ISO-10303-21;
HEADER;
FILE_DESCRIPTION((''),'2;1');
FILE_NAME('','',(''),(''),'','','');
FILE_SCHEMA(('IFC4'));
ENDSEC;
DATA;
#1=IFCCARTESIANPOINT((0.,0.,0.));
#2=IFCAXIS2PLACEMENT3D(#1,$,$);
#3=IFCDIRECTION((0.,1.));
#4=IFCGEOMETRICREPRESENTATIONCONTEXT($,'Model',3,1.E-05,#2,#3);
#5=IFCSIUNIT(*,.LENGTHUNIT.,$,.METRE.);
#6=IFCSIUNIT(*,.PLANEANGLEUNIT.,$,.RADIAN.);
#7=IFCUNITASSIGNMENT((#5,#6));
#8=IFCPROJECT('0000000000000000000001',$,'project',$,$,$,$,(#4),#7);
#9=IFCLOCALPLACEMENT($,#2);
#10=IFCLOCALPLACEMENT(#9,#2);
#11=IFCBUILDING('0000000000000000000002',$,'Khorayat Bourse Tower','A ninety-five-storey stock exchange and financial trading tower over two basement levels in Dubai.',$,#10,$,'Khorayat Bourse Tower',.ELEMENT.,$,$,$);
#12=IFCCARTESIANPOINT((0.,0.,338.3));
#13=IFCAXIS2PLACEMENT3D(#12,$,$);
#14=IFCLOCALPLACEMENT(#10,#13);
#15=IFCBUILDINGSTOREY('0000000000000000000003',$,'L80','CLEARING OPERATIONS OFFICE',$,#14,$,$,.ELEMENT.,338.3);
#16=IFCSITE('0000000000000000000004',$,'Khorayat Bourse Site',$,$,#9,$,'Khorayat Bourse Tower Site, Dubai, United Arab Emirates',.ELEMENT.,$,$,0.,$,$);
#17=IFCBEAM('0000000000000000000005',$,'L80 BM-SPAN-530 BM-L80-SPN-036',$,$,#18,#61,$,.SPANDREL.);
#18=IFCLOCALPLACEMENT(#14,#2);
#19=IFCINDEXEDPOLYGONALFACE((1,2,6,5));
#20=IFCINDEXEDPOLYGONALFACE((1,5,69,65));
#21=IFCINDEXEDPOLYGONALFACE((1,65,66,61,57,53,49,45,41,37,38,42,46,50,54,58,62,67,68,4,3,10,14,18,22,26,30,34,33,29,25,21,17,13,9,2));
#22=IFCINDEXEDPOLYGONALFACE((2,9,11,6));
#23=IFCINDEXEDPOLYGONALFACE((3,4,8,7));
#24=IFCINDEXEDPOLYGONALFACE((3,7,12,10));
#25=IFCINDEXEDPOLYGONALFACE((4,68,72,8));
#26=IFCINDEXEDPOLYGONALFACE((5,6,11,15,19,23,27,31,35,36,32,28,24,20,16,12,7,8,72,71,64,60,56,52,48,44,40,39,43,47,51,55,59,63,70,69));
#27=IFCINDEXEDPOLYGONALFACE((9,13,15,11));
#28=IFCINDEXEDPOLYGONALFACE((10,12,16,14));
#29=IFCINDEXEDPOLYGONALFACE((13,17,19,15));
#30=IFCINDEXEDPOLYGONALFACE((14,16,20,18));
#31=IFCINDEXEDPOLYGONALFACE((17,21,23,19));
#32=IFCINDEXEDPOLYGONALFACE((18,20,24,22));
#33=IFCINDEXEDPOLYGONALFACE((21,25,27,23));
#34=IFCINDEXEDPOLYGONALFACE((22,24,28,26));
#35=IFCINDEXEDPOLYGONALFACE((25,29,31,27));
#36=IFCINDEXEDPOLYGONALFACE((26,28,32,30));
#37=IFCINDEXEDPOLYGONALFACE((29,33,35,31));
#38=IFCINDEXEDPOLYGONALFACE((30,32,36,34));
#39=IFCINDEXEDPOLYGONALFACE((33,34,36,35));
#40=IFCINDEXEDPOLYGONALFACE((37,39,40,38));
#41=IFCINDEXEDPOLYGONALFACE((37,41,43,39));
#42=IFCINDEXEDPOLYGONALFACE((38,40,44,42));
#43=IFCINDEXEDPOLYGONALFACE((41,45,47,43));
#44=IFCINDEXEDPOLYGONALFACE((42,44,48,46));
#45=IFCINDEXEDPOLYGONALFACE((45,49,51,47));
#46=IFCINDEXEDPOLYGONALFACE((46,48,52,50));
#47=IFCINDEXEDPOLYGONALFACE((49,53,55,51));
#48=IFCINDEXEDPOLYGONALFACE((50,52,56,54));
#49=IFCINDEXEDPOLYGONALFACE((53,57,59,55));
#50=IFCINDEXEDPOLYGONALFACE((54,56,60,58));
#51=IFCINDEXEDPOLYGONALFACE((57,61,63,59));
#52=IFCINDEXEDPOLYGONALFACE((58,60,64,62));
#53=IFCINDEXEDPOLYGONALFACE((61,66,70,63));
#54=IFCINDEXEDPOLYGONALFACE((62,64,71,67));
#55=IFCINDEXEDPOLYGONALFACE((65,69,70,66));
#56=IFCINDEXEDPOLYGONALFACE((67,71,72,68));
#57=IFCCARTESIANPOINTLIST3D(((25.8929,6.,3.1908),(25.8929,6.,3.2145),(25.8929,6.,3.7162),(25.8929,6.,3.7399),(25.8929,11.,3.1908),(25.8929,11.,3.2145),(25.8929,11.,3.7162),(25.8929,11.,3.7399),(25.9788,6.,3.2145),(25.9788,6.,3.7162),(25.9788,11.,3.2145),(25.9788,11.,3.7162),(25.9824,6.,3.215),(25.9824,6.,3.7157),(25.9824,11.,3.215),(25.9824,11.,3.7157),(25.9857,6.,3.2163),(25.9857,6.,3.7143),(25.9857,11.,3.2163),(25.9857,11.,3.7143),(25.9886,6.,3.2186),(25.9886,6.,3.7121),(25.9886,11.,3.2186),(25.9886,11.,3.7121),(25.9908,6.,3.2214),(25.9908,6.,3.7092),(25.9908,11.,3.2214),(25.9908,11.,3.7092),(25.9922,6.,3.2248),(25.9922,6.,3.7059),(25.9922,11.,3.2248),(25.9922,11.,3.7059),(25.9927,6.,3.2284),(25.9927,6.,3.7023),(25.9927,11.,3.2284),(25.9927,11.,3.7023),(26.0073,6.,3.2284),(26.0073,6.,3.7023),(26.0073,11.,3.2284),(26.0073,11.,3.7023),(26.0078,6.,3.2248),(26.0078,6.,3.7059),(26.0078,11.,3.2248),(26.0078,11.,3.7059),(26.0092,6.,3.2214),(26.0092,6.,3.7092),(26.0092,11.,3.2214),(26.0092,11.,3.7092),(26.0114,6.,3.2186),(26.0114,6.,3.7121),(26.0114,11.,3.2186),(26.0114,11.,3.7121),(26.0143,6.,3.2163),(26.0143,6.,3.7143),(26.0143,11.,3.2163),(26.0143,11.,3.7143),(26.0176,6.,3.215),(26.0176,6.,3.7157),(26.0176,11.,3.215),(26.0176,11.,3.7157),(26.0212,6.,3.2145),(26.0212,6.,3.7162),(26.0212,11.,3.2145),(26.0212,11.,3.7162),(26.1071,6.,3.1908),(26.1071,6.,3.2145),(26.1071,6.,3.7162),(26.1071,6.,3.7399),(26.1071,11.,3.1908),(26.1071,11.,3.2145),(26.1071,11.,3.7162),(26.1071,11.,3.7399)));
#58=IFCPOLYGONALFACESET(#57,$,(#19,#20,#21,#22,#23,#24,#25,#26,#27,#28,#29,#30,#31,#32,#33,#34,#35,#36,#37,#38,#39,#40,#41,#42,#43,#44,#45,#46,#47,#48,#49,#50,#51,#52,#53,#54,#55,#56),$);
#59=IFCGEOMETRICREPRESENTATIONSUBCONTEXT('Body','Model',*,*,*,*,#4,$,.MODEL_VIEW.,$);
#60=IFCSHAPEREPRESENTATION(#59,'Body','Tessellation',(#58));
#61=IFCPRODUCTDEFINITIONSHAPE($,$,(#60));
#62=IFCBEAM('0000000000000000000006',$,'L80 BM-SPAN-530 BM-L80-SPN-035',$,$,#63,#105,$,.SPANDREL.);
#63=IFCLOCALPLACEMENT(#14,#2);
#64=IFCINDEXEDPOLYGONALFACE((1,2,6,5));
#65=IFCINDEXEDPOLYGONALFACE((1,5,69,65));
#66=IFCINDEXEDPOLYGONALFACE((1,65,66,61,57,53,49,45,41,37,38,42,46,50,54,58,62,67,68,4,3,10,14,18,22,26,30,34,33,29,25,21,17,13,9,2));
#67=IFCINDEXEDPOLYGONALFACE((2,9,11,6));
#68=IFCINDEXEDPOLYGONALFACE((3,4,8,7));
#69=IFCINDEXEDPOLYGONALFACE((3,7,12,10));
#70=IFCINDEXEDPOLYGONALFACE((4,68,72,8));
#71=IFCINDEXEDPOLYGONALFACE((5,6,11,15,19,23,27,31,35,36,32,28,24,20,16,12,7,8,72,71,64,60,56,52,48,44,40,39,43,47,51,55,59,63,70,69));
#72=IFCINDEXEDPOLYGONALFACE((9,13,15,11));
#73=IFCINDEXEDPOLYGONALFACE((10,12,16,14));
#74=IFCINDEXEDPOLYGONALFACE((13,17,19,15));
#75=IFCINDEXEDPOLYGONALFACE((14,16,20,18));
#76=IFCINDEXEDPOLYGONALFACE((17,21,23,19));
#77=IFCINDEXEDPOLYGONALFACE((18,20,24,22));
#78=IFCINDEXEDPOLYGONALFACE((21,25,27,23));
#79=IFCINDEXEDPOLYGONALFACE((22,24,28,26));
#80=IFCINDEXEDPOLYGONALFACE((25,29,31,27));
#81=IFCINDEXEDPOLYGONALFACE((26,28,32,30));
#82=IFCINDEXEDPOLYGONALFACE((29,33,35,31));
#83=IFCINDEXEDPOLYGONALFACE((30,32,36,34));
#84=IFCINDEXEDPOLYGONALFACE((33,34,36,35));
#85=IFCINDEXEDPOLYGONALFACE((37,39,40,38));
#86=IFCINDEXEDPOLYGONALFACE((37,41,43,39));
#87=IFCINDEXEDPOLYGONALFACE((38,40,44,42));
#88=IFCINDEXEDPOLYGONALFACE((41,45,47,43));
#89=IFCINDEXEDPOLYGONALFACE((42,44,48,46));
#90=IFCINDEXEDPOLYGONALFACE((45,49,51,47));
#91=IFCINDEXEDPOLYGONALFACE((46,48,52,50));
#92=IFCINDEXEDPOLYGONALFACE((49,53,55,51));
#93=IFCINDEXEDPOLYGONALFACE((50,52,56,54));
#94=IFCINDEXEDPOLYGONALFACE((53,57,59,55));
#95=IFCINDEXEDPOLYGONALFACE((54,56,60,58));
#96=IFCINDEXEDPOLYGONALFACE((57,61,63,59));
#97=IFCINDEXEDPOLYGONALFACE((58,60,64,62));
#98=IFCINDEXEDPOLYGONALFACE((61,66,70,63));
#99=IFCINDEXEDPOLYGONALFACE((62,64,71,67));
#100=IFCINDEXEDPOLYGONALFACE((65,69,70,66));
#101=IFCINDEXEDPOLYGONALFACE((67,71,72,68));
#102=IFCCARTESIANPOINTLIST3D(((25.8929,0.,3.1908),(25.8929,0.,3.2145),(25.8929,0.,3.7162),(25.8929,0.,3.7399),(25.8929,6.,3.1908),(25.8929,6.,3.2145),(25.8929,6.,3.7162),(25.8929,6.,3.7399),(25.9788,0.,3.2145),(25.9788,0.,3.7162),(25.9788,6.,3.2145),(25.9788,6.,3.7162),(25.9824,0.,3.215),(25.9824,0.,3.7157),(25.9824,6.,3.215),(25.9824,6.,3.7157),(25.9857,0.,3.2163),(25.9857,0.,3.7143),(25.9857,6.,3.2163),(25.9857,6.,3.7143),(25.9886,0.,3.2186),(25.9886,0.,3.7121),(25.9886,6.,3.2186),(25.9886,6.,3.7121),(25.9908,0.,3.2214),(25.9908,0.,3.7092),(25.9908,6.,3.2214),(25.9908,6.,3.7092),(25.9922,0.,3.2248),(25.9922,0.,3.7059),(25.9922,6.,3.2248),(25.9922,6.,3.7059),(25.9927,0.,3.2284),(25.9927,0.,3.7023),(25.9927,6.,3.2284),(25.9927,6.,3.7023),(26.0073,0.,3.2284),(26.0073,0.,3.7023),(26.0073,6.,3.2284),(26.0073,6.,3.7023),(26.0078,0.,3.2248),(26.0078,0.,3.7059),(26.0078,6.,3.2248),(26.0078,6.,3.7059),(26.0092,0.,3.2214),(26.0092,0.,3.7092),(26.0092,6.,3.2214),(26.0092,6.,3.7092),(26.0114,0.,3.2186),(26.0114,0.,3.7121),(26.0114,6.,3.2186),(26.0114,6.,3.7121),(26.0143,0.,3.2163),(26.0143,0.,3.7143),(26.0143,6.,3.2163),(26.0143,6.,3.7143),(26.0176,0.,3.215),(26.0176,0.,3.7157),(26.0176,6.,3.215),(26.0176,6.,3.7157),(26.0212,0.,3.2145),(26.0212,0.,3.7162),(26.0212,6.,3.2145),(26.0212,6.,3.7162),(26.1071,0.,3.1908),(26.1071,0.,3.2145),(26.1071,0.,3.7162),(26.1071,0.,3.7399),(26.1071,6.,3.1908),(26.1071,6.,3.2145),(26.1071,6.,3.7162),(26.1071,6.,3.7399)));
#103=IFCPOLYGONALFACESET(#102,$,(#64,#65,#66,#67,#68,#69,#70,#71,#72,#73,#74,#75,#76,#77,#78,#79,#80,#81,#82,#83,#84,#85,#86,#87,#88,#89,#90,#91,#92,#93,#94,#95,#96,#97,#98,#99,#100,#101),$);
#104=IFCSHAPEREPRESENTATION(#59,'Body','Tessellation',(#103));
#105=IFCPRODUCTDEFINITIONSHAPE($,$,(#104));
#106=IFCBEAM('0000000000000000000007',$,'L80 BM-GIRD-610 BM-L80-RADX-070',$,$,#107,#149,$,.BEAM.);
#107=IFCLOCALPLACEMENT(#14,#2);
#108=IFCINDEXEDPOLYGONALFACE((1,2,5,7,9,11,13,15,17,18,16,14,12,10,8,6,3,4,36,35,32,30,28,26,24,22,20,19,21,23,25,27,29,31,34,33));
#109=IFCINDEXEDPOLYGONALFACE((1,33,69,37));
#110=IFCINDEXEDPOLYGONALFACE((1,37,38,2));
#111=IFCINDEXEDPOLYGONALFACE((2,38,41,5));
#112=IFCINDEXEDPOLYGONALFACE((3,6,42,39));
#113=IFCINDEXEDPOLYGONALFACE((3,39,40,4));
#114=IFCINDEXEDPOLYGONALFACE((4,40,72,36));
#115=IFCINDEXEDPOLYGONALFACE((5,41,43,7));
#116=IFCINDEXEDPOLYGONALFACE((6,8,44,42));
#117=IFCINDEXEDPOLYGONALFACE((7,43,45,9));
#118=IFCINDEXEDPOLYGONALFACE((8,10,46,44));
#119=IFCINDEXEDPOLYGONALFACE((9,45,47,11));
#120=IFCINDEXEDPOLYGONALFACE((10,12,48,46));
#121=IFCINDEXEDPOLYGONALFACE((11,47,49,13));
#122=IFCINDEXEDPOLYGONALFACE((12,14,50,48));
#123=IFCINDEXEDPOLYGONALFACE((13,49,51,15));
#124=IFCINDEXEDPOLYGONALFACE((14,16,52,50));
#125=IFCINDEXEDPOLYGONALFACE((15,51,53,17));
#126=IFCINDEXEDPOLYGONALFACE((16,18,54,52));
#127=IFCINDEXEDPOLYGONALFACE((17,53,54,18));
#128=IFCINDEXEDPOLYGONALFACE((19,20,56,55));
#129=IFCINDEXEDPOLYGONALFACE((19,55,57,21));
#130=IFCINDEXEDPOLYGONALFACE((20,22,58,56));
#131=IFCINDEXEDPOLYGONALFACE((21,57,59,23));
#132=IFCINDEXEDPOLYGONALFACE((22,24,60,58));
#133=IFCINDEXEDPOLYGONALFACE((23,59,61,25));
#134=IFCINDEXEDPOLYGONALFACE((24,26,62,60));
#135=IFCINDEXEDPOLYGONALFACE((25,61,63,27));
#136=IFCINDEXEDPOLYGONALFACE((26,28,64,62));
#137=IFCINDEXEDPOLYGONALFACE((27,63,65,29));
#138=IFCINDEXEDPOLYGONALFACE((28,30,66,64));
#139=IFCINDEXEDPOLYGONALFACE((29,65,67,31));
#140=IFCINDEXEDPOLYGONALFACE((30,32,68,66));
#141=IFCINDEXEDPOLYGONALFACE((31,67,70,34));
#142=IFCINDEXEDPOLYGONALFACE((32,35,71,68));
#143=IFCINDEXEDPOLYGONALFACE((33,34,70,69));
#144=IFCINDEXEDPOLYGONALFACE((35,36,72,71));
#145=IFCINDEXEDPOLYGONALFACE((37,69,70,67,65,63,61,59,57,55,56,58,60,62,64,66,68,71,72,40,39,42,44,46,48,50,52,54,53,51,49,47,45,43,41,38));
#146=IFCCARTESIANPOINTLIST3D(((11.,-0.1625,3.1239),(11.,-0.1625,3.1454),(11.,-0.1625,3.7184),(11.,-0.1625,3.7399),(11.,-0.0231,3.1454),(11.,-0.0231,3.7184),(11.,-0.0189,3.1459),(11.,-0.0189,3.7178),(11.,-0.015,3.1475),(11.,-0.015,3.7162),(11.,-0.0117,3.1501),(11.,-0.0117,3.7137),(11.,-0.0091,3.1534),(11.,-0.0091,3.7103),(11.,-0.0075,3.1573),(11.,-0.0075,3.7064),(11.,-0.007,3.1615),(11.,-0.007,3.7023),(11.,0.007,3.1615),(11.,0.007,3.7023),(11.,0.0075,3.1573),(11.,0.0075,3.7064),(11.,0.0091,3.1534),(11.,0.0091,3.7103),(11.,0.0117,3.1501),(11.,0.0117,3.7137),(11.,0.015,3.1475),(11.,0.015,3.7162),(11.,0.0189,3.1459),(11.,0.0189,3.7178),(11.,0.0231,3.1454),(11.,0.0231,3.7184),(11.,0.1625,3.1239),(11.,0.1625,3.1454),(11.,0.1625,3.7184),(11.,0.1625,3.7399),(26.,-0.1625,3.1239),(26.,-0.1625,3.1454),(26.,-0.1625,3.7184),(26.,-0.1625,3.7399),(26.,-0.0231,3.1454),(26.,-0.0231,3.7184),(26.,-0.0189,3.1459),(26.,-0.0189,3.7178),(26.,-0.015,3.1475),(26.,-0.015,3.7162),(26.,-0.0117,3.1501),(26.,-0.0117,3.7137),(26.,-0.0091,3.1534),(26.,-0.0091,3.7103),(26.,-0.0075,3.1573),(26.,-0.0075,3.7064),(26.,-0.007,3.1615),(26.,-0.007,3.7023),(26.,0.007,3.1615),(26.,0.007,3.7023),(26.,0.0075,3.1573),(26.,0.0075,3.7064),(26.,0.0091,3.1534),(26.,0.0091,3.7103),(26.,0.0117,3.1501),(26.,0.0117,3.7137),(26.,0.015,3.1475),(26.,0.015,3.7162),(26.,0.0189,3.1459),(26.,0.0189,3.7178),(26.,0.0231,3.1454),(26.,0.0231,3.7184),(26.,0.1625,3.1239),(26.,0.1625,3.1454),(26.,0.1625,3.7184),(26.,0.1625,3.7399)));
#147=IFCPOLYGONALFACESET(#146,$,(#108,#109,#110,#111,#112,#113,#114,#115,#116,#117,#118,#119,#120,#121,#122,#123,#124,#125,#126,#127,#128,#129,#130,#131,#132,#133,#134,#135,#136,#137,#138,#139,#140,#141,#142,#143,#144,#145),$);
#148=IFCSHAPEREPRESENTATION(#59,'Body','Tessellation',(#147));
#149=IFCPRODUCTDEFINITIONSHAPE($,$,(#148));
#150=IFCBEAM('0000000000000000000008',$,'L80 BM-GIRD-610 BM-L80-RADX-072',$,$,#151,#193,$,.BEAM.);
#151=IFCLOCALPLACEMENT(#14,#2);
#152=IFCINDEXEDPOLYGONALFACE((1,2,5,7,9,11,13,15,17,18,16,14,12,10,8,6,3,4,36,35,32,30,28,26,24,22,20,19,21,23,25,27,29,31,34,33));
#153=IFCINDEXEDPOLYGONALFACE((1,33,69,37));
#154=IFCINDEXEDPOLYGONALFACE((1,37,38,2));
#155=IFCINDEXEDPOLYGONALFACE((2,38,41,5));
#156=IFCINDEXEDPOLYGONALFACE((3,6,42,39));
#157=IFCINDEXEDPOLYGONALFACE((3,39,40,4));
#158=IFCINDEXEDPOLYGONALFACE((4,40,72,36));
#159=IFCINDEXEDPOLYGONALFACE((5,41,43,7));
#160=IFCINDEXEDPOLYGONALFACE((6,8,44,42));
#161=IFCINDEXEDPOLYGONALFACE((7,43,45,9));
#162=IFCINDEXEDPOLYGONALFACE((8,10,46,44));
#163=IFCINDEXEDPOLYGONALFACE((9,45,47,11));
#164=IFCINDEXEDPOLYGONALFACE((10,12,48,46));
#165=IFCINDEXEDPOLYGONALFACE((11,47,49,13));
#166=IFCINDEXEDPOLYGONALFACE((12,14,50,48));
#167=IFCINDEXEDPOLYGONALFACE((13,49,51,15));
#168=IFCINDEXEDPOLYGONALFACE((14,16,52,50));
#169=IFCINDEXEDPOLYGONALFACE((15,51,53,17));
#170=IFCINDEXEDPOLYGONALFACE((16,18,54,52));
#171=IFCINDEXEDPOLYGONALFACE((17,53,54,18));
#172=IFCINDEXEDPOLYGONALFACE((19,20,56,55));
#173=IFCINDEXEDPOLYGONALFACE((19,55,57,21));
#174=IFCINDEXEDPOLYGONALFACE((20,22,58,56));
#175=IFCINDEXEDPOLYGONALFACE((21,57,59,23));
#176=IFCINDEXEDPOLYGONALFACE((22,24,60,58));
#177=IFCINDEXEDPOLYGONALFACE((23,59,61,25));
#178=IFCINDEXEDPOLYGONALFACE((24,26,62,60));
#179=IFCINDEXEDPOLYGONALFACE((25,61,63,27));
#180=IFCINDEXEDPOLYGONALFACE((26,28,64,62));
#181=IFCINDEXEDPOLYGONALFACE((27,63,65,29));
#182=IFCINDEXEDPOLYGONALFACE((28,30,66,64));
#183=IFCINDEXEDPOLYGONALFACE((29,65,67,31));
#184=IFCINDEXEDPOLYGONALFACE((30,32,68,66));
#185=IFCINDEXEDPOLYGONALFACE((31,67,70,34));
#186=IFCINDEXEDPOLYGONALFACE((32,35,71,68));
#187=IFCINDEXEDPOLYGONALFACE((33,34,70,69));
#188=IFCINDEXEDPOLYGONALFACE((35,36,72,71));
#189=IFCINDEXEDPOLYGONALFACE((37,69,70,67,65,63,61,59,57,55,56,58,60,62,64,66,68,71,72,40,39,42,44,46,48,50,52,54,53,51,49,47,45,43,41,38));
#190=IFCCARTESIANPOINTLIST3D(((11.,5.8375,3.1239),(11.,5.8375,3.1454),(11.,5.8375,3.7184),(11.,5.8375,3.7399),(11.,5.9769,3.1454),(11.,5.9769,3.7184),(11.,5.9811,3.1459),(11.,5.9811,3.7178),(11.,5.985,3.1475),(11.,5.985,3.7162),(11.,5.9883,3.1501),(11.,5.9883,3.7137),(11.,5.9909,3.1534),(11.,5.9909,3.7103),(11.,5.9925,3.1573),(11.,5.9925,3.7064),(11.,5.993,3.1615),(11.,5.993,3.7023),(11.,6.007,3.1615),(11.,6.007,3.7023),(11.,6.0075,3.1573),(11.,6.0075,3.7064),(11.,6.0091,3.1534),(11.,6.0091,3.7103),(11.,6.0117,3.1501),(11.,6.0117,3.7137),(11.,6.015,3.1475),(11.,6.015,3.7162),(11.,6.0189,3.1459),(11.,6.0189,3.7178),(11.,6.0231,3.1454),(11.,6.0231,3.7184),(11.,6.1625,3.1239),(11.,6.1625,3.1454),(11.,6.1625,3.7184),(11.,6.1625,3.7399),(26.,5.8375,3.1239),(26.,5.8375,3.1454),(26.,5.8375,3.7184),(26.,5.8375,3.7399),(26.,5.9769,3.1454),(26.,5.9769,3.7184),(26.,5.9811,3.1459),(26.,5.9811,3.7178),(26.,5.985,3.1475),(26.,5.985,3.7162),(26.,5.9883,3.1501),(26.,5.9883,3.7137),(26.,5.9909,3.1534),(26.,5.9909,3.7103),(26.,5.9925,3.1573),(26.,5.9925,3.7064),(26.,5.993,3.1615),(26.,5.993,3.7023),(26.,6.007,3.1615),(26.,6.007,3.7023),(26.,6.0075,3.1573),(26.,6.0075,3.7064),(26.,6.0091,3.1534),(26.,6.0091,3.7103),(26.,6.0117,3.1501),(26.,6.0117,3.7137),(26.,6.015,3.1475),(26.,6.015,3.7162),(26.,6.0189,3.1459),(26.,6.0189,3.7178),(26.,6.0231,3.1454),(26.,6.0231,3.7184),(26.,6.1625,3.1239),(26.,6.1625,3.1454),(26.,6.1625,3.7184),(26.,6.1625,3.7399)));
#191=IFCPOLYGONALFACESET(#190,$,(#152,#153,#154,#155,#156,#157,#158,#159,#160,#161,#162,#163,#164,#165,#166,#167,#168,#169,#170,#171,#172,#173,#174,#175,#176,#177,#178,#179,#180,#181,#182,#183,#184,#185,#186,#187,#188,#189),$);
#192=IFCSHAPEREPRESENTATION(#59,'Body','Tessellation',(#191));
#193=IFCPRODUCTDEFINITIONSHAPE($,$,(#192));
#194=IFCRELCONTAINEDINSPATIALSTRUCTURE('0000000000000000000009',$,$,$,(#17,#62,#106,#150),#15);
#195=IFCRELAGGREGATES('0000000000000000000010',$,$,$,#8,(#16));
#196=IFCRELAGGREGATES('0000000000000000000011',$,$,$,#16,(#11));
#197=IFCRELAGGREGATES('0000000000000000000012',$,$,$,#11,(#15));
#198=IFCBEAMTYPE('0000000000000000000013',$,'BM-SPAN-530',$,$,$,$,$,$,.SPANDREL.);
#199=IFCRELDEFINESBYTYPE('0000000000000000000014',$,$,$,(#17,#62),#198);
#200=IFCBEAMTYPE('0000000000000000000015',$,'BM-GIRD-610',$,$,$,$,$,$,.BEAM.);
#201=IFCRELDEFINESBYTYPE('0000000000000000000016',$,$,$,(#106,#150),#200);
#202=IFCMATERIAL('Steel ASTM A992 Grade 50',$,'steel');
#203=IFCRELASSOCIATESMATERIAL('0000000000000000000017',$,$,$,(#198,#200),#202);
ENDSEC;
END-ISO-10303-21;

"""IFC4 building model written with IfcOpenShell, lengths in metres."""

from ifc_helpers import new_model, si_unit, direction, frame, origin, origin_2d, place, context, subcontext, project, spatial, i_section, extrude, source, transform, mapped, material, material_profile, profile_set, type_object, element, save


model = new_model("IFC4")

# Units and contexts
model_context = context("Model", 3, precision=1e-05, world=origin(), true_north=direction((0.0, 1.0)))
body_context = subcontext(model_context, "Body", "Model", "MODEL_VIEW")
ifc_project = project(units=[si_unit("LENGTHUNIT", "METRE"), si_unit("PLANEANGLEUNIT", "RADIAN")], contexts=[model_context])

# Site, building, storey
site_placement = place(None, origin())
site = spatial("IfcSite", under=ifc_project, at=site_placement, Name="Khorayat Bourse Site", LongName="Khorayat Bourse Tower Site, Dubai, United Arab Emirates", CompositionType="ELEMENT", RefElevation=0.0)
building_placement = place(site_placement, origin())
building = spatial("IfcBuilding", under=site, at=building_placement, Name="Khorayat Bourse Tower", Description="A ninety-five-storey stock exchange and financial trading tower over two basement levels in Dubai.", LongName="Khorayat Bourse Tower", CompositionType="ELEMENT")
storey_placement = place(building_placement, frame((0.0, 0.0, 338.3)))
storey = spatial("IfcBuildingStorey", under=building, at=storey_placement, Name="L80", Description="CLEARING OPERATIONS OFFICE", CompositionType="ELEMENT", Elevation=338.3)

# Beams
ifc_material_1 = material(Name="Steel ASTM A992 Grade 50", Category="steel")
ifc_material_profile_1 = material_profile(ifc_material_1, i_section(OverallWidth=0.2141, OverallDepth=0.5491, WebThickness=0.0146, FlangeThickness=0.0237, FilletRadius=0.0139, at=origin_2d()), Name="W530X138")
ifc_profile_set_1 = profile_set([ifc_material_profile_1], Name="Steel ASTM A992 Grade 50")
beam_type_1 = type_object("IfcBeamType", Name="BM-SPAN-530", PredefinedType="SPANDREL", material=ifc_profile_set_1)
shared_shape_1 = source(origin(), body_context, "Body", "SweptSolid", [
    extrude(i_section(OverallWidth=0.2141, OverallDepth=0.5491, WebThickness=0.0146, FlangeThickness=0.0237, FilletRadius=0.0139, at=origin_2d()), origin(), (0.0, 0.0, 1.0), 5.0),
])
beam_1_placement = place(storey_placement, frame((26.0, 6.0, 3.4653), z_axis=(0.0, 1.0, 0.0), x_axis=(-1.0, 0.0, 0.0)))
element("IfcBeam", 1, at=beam_1_placement, inside=storey, type_object=beam_type_1, Name="L80 BM-SPAN-530 BM-L80-SPN-036", PredefinedType="SPANDREL", context=body_context, shape_type="MappedRepresentation", body=[
    mapped(shared_shape_1, transform((0.0, 0.0, 0.0), scale=1.0)),
])
shared_shape_2 = source(origin(), body_context, "Body", "SweptSolid", [
    extrude(i_section(OverallWidth=0.2141, OverallDepth=0.5491, WebThickness=0.0146, FlangeThickness=0.0237, FilletRadius=0.0139, at=origin_2d()), origin(), (0.0, 0.0, 1.0), 6.0),
])
beam_2_placement = place(storey_placement, frame((26.0, 0.0, 3.4653), z_axis=(0.0, 1.0, 0.0), x_axis=(-1.0, 0.0, 0.0)))
element("IfcBeam", 2, at=beam_2_placement, inside=storey, type_object=beam_type_1, Name="L80 BM-SPAN-530 BM-L80-SPN-035", PredefinedType="SPANDREL", context=body_context, shape_type="MappedRepresentation", body=[
    mapped(shared_shape_2, transform((0.0, 0.0, 0.0), scale=1.0)),
])
ifc_material_profile_2 = material_profile(ifc_material_1, i_section(OverallWidth=0.325, OverallDepth=0.616, WebThickness=0.0139, FlangeThickness=0.0215, FilletRadius=0.0161, at=origin_2d()), Name="W610X174")
ifc_profile_set_2 = profile_set([ifc_material_profile_2], Name="Steel ASTM A992 Grade 50")
beam_type_2 = type_object("IfcBeamType", Name="BM-GIRD-610", PredefinedType="BEAM", material=ifc_profile_set_2)
shared_shape_3 = source(origin(), body_context, "Body", "SweptSolid", [
    extrude(i_section(OverallWidth=0.325, OverallDepth=0.616, WebThickness=0.0139, FlangeThickness=0.0215, FilletRadius=0.0161, at=origin_2d()), origin(), (0.0, 0.0, 1.0), 15.0),
])
for number, where, z_axis, x_axis, name in (
    (3, (11.0, 0.0, 3.4319), (1.0, 0.0, 0.0), (0.0, 1.0, 0.0), "L80 BM-GIRD-610 BM-L80-RADX-070"),
    (4, (11.0, 6.0, 3.4319), (1.0, 0.0, 0.0), (0.0, 1.0, 0.0), "L80 BM-GIRD-610 BM-L80-RADX-072"),
):
    element("IfcBeam", number, at=place(storey_placement, frame(where, z_axis=z_axis, x_axis=x_axis)), inside=storey, type_object=beam_type_2, Name=name, PredefinedType="BEAM", context=body_context, shape_type="MappedRepresentation", body=[
        mapped(shared_shape_3, transform((0.0, 0.0, 0.0), scale=1.0)),
    ])

save(model, "model.ifc")
